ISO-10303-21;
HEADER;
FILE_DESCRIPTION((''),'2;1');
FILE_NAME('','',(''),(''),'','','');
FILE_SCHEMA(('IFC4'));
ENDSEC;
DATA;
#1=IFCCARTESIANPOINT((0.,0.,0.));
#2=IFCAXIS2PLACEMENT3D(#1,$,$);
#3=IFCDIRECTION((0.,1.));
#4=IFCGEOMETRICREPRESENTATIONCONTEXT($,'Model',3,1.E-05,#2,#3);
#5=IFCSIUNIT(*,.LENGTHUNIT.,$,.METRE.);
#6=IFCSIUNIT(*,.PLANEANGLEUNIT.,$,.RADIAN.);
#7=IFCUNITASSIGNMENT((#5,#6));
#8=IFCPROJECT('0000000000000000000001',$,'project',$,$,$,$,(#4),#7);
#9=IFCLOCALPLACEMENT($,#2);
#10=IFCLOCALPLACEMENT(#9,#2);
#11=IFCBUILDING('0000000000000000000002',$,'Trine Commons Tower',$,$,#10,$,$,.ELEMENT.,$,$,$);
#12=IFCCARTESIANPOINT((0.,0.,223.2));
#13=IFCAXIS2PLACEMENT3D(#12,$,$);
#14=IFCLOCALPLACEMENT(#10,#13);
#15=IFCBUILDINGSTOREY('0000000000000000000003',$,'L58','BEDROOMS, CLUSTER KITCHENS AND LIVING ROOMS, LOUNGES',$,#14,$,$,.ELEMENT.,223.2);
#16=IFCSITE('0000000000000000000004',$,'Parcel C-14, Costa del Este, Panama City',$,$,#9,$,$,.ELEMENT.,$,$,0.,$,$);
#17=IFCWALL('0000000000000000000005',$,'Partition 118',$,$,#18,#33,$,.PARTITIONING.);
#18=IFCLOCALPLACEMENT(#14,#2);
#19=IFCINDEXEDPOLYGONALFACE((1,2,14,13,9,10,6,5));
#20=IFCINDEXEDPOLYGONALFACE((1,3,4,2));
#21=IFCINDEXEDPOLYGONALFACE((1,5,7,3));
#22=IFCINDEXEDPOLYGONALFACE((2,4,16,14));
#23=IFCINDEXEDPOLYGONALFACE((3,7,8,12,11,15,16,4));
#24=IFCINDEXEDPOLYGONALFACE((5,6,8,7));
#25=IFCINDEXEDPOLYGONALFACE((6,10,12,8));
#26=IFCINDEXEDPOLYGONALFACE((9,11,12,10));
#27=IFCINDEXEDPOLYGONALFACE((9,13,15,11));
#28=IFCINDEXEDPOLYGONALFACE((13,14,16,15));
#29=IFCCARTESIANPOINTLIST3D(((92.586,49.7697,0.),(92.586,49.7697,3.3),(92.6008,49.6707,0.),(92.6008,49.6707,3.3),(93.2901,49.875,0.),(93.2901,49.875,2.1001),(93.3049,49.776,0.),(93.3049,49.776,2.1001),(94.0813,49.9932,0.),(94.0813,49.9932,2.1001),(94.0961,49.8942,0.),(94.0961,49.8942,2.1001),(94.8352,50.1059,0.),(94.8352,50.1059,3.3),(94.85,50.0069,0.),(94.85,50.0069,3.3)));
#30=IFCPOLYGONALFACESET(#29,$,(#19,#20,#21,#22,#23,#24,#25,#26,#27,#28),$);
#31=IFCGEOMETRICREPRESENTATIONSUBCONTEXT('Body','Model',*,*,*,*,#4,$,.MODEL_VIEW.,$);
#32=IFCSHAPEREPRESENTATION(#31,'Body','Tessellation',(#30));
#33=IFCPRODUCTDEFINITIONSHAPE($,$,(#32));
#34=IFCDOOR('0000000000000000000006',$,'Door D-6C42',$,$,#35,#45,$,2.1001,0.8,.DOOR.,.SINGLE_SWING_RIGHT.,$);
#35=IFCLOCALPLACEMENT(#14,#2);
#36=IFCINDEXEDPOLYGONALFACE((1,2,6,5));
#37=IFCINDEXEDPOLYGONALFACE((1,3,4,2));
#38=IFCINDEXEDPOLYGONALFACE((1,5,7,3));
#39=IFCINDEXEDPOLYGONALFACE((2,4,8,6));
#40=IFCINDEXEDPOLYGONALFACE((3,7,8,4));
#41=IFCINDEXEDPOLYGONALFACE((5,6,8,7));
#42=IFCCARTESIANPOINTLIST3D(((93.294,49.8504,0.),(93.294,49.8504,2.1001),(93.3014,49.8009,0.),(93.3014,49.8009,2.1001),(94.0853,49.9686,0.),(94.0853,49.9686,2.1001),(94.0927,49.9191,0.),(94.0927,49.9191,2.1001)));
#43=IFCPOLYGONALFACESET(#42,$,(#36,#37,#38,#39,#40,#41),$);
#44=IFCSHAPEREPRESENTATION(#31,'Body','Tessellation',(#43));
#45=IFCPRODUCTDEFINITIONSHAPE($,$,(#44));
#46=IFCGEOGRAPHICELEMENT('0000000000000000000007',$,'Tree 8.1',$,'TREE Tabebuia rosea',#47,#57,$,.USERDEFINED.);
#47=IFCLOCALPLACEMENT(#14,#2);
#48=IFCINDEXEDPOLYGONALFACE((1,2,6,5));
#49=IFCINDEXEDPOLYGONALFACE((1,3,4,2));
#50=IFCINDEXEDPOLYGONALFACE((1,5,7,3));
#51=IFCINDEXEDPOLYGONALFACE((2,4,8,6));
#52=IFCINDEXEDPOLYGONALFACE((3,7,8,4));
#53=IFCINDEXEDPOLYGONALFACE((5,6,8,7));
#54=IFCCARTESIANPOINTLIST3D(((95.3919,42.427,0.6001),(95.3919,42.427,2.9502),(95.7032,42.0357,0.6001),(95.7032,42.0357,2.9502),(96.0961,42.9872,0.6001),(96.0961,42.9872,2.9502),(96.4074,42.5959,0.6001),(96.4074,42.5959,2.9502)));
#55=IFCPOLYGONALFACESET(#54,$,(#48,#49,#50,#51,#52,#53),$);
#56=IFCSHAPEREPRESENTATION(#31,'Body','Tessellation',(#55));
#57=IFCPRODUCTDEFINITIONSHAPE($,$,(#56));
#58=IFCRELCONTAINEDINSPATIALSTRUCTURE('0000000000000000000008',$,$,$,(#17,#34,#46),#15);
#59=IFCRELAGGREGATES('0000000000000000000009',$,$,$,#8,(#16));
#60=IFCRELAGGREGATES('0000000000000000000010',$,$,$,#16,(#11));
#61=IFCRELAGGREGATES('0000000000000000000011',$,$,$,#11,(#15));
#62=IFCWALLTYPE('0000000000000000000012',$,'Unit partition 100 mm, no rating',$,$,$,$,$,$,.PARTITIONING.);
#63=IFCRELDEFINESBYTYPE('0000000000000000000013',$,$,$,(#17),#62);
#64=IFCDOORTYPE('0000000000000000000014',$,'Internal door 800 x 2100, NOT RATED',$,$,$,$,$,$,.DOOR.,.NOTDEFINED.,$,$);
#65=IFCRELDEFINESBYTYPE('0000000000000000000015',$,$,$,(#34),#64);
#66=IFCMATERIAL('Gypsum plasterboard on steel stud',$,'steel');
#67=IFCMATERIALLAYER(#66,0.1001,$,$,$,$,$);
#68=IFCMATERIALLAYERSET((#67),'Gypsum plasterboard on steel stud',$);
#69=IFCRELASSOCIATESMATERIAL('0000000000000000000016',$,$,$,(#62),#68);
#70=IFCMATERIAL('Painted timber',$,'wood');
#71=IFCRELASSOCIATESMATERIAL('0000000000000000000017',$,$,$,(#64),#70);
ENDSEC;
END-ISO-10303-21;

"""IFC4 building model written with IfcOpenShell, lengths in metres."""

from ifc_helpers import new_model, si_unit, direction, frame, frame_2d, origin, origin_2d, place, context, subcontext, project, spatial, rectangle, extrude, material, layer, layer_set, type_object, element, fill, save


model = new_model("IFC4")

# Units and contexts
model_context = context("Model", 3, precision=1e-05, world=origin(), true_north=direction((0.0, 1.0)))
body_context = subcontext(model_context, "Body", "Model", "MODEL_VIEW")
ifc_project = project(units=[si_unit("LENGTHUNIT", "METRE"), si_unit("PLANEANGLEUNIT", "RADIAN")], contexts=[model_context])

# Site, building, storey
site_placement = place(None, origin())
site = spatial("IfcSite", under=ifc_project, at=site_placement, Name="Parcel C-14, Costa del Este, Panama City", CompositionType="ELEMENT", RefElevation=0.0)
building_placement = place(site_placement, origin())
building = spatial("IfcBuilding", under=site, at=building_placement, Name="Trine Commons Tower", CompositionType="ELEMENT")
storey_placement = place(building_placement, frame((0.0, 0.0, 223.2)))
storey = spatial("IfcBuildingStorey", under=building, at=storey_placement, Name="L58", Description="BEDROOMS, CLUSTER KITCHENS AND LIVING ROOMS, LOUNGES", CompositionType="ELEMENT", Elevation=223.2)

# Wall, opening, door
ifc_material_1 = material(Name="Gypsum plasterboard on steel stud", Category="steel")
ifc_layer_1 = layer(ifc_material_1, 0.1001)
ifc_layer_set_1 = layer_set([ifc_layer_1], Name="Gypsum plasterboard on steel stud")
wall_type_1 = type_object("IfcWallType", Name="Unit partition 100 mm, no rating", PredefinedType="PARTITIONING", material=ifc_layer_set_1)
wall_1_placement = place(storey_placement, frame((92.5933, 49.7202, 0.0), z_axis=(0.0, 0.0, 1.0), x_axis=(0.989014, 0.147821, 0.0)))
wall_1 = element("IfcWall", 1, at=wall_1_placement, inside=storey, type_object=wall_type_1, Name="Partition 118", PredefinedType="PARTITIONING", context=body_context, shape_type="SweptSolid", body=[
    extrude(rectangle(XDim=2.2742, YDim=0.1001, at=frame_2d((1.1372, 0.0))), origin(), (0.0, 0.0, 1.0), 3.3),
])
opening_1_placement = place(wall_1_placement, frame((0.7122, 0.0, 0.0)))
opening_1 = element("IfcOpeningElement", 2, at=opening_1_placement, cuts=wall_1, PredefinedType="OPENING", context=body_context, shape_type="SweptSolid", body=[
    extrude(rectangle(XDim=0.8, YDim=2.1001, at=frame_2d((0.3999, 1.05))), frame((0.0, 0.0601, 0.0), z_axis=(0.0, -1.0, 0.0), x_axis=(1.0, 0.0, 0.0)), (0.0, 0.0, 1.0), 0.1201),
])
ifc_material_2 = material(Name="Painted timber", Category="wood")
door_type_1 = type_object("IfcDoorType", Name="Internal door 800 x 2100, NOT RATED", OperationType="NOTDEFINED", PredefinedType="DOOR", material=ifc_material_2)
door_1_placement = place(opening_1_placement, frame((0.8, 0.0, 0.0), z_axis=(0.0, 0.0, 1.0), x_axis=(-1.0, 0.0, 0.0)))
door_1 = element("IfcDoor", 3, at=door_1_placement, inside=storey, type_object=door_type_1, Name="Door D-6C42", OperationType="SINGLE_SWING_RIGHT", OverallHeight=2.1001, OverallWidth=0.8, PredefinedType="DOOR", context=body_context, shape_type="SweptSolid", body=[
    extrude(rectangle(XDim=0.8, YDim=2.1001, at=frame_2d((0.3999, 1.05))), frame((0.0, 0.0249, 0.0), z_axis=(0.0, -1.0, 0.0), x_axis=(1.0, 0.0, 0.0)), (0.0, 0.0, 1.0), 0.05),
])
fill(opening_1, door_1)

# Geographic element
geographic_element_placement = place(storey_placement, frame((95.8997, 42.5115, 0.6001), z_axis=(0.0, 0.0, 1.0), x_axis=(-0.782586, -0.622542, 0.0)))
element("IfcGeographicElement", 4, at=geographic_element_placement, inside=storey, Name="Tree 8.1", ObjectType="TREE Tabebuia rosea", PredefinedType="USERDEFINED", context=body_context, shape_type="SweptSolid", body=[
    extrude(rectangle(XDim=0.8999, YDim=0.5, at=origin_2d()), origin(), (0.0, 0.0, 1.0), 2.3501),
])

save(model, "model.ifc")
